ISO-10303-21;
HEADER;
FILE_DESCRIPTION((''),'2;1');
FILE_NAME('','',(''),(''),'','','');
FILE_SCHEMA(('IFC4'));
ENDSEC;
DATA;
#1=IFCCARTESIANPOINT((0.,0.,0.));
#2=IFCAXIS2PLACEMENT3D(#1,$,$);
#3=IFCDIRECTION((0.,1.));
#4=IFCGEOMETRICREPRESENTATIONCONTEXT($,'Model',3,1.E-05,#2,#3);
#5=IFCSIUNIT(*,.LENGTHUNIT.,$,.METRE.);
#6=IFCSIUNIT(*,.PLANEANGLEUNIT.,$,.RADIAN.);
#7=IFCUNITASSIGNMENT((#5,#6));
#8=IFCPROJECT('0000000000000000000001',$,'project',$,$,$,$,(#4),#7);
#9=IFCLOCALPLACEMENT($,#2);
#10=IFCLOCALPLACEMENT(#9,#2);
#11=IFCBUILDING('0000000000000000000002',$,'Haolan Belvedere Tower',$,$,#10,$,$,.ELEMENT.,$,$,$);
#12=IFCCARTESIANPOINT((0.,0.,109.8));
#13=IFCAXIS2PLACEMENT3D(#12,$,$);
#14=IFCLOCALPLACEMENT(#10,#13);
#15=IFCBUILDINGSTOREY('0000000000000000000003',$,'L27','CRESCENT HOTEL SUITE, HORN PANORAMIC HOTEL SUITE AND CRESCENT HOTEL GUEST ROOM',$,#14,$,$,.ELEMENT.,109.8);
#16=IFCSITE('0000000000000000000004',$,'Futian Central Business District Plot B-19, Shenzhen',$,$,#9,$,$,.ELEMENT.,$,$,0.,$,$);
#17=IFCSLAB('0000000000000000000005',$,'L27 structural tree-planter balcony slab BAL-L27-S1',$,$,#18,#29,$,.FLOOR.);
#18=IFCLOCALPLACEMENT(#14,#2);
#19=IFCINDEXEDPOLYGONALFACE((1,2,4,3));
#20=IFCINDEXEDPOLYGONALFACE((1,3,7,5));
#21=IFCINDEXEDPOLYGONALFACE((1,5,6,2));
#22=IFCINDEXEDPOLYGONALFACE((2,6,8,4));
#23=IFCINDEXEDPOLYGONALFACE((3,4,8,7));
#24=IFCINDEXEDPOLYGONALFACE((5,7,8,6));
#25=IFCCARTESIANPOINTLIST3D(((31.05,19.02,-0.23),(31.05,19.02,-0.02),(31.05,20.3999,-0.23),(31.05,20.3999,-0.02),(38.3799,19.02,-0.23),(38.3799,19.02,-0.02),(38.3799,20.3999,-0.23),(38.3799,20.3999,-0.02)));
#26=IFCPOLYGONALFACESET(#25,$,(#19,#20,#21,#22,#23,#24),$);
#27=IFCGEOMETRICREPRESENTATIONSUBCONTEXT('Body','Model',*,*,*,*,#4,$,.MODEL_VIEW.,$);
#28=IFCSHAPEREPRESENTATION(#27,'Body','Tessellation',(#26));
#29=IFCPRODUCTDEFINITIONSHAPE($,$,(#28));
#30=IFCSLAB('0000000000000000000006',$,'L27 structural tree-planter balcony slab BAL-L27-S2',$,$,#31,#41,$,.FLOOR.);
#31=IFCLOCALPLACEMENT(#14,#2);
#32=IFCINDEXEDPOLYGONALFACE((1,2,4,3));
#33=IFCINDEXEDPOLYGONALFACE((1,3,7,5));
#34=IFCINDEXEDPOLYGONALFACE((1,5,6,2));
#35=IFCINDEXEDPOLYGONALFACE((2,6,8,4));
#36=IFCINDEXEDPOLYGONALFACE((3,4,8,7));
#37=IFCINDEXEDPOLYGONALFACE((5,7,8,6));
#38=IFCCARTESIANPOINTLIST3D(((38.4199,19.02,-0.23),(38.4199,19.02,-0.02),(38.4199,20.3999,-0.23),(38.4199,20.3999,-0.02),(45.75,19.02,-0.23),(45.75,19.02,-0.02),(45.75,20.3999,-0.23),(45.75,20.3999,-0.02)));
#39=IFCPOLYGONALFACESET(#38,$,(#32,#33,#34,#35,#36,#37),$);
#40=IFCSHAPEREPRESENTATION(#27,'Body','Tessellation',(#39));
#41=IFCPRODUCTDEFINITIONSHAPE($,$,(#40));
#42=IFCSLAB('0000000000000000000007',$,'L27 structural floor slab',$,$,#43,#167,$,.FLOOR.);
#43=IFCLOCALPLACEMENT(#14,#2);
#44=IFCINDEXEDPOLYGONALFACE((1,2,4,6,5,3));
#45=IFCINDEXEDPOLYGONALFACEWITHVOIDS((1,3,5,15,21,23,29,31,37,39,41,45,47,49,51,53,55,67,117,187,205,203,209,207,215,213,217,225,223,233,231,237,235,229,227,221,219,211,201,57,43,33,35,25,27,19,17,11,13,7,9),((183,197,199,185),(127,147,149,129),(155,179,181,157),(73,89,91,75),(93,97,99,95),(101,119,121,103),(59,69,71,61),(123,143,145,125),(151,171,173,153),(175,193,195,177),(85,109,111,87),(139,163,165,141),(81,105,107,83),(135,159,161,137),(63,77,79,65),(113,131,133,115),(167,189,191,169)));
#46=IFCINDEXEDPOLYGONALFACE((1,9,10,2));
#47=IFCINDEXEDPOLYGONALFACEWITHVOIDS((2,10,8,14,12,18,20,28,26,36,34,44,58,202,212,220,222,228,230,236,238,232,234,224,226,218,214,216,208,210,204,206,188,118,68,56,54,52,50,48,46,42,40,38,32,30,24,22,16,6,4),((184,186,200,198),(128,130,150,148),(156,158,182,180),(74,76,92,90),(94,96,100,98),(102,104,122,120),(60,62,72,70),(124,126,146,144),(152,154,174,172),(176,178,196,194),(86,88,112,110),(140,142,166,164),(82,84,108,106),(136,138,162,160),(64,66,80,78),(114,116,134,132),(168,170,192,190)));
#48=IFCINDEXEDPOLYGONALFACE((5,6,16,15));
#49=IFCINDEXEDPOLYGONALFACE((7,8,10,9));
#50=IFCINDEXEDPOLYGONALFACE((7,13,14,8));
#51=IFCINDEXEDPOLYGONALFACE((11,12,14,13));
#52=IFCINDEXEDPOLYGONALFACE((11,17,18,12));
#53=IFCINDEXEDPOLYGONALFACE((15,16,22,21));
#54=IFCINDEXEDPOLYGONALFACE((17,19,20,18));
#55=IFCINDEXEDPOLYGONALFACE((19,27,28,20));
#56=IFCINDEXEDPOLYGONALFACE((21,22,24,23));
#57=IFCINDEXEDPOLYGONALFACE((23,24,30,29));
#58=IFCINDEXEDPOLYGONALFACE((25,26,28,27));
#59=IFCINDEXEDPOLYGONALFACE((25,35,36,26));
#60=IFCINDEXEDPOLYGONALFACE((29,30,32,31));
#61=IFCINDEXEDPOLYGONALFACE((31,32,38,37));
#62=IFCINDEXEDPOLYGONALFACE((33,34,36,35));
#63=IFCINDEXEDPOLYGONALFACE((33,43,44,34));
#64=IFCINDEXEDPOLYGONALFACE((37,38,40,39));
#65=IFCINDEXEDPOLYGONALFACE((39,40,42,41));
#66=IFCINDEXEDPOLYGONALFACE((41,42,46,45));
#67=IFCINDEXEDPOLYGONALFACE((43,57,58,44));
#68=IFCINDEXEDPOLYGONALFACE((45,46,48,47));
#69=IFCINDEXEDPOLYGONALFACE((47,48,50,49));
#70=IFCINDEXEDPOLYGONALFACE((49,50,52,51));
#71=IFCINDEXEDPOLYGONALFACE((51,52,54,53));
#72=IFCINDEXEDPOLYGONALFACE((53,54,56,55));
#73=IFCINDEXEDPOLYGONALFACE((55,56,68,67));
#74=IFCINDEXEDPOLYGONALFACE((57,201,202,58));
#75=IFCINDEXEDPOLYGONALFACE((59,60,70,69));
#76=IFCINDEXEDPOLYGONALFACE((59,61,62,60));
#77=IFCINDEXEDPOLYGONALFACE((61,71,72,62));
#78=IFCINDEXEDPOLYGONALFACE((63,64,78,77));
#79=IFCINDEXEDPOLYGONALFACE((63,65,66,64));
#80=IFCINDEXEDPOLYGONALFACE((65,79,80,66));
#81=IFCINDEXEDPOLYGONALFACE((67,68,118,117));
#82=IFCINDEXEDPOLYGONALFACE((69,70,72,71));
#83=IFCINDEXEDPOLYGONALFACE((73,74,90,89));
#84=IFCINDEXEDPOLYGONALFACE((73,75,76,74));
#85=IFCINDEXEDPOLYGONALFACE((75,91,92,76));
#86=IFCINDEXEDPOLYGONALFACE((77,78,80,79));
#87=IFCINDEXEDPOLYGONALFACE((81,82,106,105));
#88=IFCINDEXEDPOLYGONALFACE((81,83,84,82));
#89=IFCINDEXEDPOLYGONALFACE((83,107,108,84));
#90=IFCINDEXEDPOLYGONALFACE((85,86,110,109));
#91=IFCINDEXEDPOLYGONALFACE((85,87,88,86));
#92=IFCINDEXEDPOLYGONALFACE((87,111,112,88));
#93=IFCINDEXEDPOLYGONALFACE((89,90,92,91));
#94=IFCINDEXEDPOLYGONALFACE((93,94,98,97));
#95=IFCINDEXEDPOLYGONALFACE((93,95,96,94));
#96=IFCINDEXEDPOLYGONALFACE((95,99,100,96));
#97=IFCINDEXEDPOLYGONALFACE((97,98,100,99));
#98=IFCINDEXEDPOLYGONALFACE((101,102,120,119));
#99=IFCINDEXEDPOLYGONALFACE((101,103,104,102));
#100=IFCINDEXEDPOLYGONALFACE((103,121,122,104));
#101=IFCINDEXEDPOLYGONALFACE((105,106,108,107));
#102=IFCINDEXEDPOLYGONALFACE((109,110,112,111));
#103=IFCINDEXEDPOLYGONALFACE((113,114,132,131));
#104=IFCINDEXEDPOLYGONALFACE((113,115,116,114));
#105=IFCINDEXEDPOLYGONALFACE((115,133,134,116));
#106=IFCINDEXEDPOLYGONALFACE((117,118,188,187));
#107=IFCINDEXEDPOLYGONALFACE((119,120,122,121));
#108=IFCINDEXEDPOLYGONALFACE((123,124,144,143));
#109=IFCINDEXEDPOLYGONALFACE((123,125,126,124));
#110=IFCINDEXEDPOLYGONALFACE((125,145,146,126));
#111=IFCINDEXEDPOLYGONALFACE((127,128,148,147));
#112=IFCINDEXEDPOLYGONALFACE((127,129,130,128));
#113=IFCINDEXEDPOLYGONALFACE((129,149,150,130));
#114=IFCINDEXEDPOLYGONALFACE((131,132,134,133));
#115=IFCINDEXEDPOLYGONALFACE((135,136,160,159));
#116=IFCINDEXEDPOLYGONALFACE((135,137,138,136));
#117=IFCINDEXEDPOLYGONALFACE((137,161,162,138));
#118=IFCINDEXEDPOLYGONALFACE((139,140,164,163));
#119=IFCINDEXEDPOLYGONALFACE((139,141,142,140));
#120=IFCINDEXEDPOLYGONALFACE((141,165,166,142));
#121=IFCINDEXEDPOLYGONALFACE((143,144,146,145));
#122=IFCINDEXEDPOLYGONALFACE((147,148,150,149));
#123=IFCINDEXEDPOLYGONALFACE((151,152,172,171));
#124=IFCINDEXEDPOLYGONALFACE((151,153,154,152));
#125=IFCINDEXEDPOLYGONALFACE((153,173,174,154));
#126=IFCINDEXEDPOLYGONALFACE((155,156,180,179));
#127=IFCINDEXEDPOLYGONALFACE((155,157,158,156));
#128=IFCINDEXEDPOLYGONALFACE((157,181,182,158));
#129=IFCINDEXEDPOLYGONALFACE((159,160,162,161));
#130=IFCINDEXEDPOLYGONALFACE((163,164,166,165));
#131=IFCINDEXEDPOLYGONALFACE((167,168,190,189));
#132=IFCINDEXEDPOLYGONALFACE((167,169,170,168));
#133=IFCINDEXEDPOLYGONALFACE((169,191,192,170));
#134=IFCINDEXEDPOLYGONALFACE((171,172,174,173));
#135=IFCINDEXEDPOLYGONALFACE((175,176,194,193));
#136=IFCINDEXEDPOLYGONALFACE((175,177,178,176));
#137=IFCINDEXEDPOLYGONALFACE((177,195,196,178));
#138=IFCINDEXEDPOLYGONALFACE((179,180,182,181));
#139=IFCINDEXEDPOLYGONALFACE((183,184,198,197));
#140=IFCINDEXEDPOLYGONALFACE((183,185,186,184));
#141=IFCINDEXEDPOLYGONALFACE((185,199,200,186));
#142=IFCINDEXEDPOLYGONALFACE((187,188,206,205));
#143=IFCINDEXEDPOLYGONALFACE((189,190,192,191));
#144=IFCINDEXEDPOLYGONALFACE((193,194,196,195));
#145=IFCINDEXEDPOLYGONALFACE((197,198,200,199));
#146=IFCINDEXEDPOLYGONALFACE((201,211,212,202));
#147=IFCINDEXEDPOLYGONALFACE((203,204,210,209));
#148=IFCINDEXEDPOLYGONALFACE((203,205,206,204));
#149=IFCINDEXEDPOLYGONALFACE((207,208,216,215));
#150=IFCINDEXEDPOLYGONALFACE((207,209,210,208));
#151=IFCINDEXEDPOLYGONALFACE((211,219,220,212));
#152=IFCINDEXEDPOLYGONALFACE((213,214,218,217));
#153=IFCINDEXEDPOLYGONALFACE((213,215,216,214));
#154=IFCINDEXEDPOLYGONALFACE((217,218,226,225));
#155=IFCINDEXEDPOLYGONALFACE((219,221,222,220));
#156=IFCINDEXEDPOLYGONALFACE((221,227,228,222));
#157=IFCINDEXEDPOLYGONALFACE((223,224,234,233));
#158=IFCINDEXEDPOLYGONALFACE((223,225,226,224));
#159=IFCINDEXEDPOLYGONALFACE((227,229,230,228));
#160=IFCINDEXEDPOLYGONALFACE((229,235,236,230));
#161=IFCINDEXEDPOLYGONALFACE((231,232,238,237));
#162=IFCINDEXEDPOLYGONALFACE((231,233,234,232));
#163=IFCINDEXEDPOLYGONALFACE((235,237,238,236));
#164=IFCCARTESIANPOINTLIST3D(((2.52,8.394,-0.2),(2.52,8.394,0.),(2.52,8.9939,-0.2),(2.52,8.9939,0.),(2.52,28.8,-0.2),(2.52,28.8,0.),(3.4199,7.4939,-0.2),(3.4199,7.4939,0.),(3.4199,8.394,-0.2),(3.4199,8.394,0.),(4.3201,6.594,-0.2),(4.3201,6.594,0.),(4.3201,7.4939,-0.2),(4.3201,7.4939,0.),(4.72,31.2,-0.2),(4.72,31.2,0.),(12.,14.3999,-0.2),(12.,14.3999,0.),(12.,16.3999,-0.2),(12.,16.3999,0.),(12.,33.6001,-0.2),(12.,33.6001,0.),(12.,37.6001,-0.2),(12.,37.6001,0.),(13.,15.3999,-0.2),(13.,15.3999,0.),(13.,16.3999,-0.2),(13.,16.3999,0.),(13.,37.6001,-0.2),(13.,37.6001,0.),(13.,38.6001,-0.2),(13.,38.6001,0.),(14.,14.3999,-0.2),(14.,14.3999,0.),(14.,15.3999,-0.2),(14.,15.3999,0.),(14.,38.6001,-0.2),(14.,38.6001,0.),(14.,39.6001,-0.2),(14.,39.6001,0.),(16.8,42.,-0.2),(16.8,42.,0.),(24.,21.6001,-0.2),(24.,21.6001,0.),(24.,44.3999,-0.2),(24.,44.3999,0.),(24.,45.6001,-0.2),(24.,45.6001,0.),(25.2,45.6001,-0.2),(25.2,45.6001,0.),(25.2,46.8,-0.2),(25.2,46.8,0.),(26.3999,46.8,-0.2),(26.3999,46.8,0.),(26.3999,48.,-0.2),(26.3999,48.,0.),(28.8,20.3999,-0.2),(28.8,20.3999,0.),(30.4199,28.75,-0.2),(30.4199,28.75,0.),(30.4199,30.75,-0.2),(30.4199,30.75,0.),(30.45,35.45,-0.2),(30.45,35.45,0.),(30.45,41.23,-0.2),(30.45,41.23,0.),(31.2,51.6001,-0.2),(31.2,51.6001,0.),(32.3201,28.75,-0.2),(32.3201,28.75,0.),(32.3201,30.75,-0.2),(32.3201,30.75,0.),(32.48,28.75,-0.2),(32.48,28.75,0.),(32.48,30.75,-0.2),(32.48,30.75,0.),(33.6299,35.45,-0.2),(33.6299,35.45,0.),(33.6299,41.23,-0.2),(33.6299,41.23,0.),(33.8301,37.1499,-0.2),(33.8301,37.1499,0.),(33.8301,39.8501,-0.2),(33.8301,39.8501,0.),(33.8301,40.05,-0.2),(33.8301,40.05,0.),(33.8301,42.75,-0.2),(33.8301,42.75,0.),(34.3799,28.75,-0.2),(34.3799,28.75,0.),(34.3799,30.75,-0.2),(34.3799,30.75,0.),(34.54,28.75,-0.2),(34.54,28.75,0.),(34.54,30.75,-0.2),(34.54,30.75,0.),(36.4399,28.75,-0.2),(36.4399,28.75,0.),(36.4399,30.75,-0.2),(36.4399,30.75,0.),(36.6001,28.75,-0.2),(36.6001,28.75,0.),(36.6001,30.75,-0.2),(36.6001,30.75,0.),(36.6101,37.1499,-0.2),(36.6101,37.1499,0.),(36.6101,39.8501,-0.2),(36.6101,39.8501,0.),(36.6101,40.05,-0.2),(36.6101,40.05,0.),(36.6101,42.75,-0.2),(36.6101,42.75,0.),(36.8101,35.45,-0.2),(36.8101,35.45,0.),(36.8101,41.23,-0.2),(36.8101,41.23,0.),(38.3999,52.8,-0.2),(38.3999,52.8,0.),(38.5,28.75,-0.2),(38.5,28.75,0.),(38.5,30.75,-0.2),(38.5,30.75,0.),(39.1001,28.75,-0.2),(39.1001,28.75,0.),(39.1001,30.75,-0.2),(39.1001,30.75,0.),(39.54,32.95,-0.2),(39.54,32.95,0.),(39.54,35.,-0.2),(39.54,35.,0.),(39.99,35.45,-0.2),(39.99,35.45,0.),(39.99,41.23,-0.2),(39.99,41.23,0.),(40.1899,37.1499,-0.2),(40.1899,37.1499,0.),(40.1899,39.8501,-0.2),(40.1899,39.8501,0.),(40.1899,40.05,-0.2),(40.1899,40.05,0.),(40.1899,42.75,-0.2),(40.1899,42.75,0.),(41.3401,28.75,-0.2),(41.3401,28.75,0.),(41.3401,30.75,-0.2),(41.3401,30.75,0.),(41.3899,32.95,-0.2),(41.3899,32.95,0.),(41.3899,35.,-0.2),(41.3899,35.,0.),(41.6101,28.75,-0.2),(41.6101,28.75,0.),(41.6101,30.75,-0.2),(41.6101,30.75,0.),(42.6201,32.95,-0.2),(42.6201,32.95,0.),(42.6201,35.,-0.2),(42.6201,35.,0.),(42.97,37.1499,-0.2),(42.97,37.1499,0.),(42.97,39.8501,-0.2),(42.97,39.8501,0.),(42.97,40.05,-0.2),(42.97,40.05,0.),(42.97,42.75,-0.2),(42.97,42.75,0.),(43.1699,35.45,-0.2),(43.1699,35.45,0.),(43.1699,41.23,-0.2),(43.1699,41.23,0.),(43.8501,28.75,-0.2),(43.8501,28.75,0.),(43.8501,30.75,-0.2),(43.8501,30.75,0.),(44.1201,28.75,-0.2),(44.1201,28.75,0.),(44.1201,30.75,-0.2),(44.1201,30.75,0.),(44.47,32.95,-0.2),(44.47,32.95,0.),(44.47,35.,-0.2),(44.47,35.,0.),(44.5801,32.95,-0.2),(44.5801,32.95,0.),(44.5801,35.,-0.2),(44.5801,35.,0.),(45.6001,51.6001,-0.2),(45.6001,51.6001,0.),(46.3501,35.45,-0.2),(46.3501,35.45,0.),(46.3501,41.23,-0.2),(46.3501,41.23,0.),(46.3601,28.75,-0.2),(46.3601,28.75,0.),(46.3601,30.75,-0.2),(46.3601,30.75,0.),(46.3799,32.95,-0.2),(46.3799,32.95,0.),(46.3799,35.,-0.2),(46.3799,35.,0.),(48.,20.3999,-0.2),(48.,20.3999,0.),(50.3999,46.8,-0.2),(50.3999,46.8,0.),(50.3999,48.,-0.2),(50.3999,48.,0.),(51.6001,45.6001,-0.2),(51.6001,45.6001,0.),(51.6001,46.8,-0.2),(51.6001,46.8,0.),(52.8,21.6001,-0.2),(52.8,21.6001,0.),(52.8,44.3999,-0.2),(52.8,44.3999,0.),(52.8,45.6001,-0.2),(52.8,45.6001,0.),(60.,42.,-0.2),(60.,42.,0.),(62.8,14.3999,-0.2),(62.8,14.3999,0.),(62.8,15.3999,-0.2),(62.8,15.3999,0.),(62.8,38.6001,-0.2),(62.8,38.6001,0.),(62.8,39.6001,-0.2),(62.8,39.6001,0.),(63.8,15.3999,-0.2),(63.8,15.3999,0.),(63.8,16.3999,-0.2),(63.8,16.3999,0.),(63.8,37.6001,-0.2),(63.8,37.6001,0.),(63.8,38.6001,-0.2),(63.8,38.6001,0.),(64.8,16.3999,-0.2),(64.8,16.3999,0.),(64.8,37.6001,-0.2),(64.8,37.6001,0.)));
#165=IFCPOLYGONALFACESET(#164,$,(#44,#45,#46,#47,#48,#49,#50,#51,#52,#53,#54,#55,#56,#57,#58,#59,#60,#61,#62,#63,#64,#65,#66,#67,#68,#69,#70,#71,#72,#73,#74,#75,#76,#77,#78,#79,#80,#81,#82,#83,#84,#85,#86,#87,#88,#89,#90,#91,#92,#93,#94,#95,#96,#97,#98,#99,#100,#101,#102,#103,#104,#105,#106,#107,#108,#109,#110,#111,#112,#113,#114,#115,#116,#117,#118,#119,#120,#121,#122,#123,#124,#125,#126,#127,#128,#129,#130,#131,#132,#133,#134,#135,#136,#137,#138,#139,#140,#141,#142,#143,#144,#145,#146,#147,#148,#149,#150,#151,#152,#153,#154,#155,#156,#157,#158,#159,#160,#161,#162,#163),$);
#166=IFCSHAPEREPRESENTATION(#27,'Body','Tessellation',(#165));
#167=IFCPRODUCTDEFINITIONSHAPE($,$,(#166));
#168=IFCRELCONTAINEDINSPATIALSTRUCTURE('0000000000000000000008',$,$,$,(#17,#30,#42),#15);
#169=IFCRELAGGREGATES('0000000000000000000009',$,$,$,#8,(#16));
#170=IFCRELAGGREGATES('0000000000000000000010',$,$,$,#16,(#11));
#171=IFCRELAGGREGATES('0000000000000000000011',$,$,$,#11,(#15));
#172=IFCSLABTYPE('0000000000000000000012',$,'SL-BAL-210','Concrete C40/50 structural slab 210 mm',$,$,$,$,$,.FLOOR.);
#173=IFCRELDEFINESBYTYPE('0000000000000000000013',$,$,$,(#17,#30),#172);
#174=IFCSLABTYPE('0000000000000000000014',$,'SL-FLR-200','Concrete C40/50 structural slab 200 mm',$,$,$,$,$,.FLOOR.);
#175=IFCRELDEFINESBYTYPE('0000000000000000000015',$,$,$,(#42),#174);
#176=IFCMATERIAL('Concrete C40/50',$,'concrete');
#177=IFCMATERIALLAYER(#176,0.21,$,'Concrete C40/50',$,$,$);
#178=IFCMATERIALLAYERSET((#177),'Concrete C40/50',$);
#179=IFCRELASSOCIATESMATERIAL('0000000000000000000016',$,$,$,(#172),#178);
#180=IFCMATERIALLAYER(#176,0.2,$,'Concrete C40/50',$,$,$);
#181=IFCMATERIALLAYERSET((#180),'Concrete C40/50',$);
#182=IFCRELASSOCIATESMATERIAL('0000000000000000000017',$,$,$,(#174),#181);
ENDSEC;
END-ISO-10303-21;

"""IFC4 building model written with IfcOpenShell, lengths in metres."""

from ifc_helpers import new_model, si_unit, direction, frame, origin, place, context, subcontext, project, spatial, polyline, outline, extrude, material, layer, layer_set, type_object, element, save


model = new_model("IFC4")

# Units and contexts
model_context = context("Model", 3, precision=1e-05, world=origin(), true_north=direction((0.0, 1.0)))
body_context = subcontext(model_context, "Body", "Model", "MODEL_VIEW")
ifc_project = project(units=[si_unit("LENGTHUNIT", "METRE"), si_unit("PLANEANGLEUNIT", "RADIAN")], contexts=[model_context])

# Site, building, storey
site_placement = place(None, origin())
site = spatial("IfcSite", under=ifc_project, at=site_placement, Name="Futian Central Business District Plot B-19, Shenzhen", CompositionType="ELEMENT", RefElevation=0.0)
building_placement = place(site_placement, origin())
building = spatial("IfcBuilding", under=site, at=building_placement, Name="Haolan Belvedere Tower", CompositionType="ELEMENT")
storey_placement = place(building_placement, frame((0.0, 0.0, 109.8)))
storey = spatial("IfcBuildingStorey", under=building, at=storey_placement, Name="L27", Description="CRESCENT HOTEL SUITE, HORN PANORAMIC HOTEL SUITE AND CRESCENT HOTEL GUEST ROOM", CompositionType="ELEMENT", Elevation=109.8)

# Slabs
ifc_material_1 = material(Name="Concrete C40/50", Category="concrete")
ifc_layer_1 = layer(ifc_material_1, 0.21, Name="Concrete C40/50")
ifc_layer_set_1 = layer_set([ifc_layer_1], Name="Concrete C40/50")
slab_type_1 = type_object("IfcSlabType", Name="SL-BAL-210", Description="Concrete C40/50 structural slab 210 mm", PredefinedType="FLOOR", material=ifc_layer_set_1)
slab_1_placement = place(storey_placement, frame((0.0, 0.0, -0.23)))
element("IfcSlab", 1, at=slab_1_placement, inside=storey, type_object=slab_type_1, Name="L27 structural tree-planter balcony slab BAL-L27-S1", PredefinedType="FLOOR", context=body_context, shape_type="SweptSolid", body=[
    extrude(outline(polyline([(31.05, 19.02), (38.3799, 19.02), (38.3799, 20.3999), (31.05, 20.3999), (31.05, 19.02)])), origin(), (0.0, 0.0, 1.0), 0.21),
])
slab_2_placement = place(storey_placement, frame((0.0, 0.0, -0.23)))
element("IfcSlab", 2, at=slab_2_placement, inside=storey, type_object=slab_type_1, Name="L27 structural tree-planter balcony slab BAL-L27-S2", PredefinedType="FLOOR", context=body_context, shape_type="SweptSolid", body=[
    extrude(outline(polyline([(38.4199, 19.02), (45.75, 19.02), (45.75, 20.3999), (38.4199, 20.3999), (38.4199, 19.02)])), origin(), (0.0, 0.0, 1.0), 0.21),
])
ifc_layer_2 = layer(ifc_material_1, 0.2, Name="Concrete C40/50")
ifc_layer_set_2 = layer_set([ifc_layer_2], Name="Concrete C40/50")
slab_type_2 = type_object("IfcSlabType", Name="SL-FLR-200", Description="Concrete C40/50 structural slab 200 mm", PredefinedType="FLOOR", material=ifc_layer_set_2)
slab_3_placement = place(storey_placement, frame((0.0, 0.0, -0.2)))
element("IfcSlab", 3, at=slab_3_placement, inside=storey, type_object=slab_type_2, Name="L27 structural floor slab", PredefinedType="FLOOR", context=body_context, shape_type="SweptSolid", body=[
    extrude(outline(polyline([(12.0, 14.3999), (12.0, 16.3999), (13.0, 16.3999), (13.0, 15.3999), (14.0, 15.3999), (14.0, 14.3999), (24.0, 21.6001), (28.8, 20.3999), (48.0, 20.3999), (52.8, 21.6001), (62.8, 14.3999), (62.8, 15.3999), (63.8, 15.3999), (63.8, 16.3999), (64.8, 16.3999), (64.8, 37.6001), (63.8, 37.6001), (63.8, 38.6001), (62.8, 38.6001), (62.8, 39.6001), (60.0, 42.0), (52.8, 44.3999), (52.8, 45.6001), (51.6001, 45.6001), (51.6001, 46.8), (50.3999, 46.8), (50.3999, 48.0), (45.6001, 51.6001), (38.3999, 52.8), (31.2, 51.6001), (26.3999, 48.0), (26.3999, 46.8), (25.2, 46.8), (25.2, 45.6001), (24.0, 45.6001), (24.0, 44.3999), (16.8, 42.0), (14.0, 39.6001), (14.0, 38.6001), (13.0, 38.6001), (13.0, 37.6001), (12.0, 37.6001), (12.0, 33.6001), (4.72, 31.2), (2.52, 28.8), (2.52, 8.9939), (2.52, 8.394), (3.4199, 8.394), (3.4199, 7.4939), (4.3201, 7.4939), (4.3201, 6.594), (12.0, 14.3999)]), holes=[polyline([(30.45, 41.23), (30.45, 35.45), (33.6299, 35.45), (33.6299, 41.23), (30.45, 41.23)]), polyline([(36.8101, 41.23), (36.8101, 35.45), (39.99, 35.45), (39.99, 41.23), (36.8101, 41.23)]), polyline([(43.1699, 41.23), (43.1699, 35.45), (46.3501, 35.45), (46.3501, 41.23), (43.1699, 41.23)]), polyline([(33.8301, 40.05), (36.6101, 40.05), (36.6101, 42.75), (33.8301, 42.75), (33.8301, 40.05)]), polyline([(33.8301, 37.1499), (36.6101, 37.1499), (36.6101, 39.8501), (33.8301, 39.8501), (33.8301, 37.1499)]), polyline([(40.1899, 40.05), (42.97, 40.05), (42.97, 42.75), (40.1899, 42.75), (40.1899, 40.05)]), polyline([(40.1899, 37.1499), (42.97, 37.1499), (42.97, 39.8501), (40.1899, 39.8501), (40.1899, 37.1499)]), polyline([(39.54, 32.95), (41.3899, 32.95), (41.3899, 35.0), (39.54, 35.0), (39.54, 32.95)]), polyline([(42.6201, 32.95), (44.47, 32.95), (44.47, 35.0), (42.6201, 35.0), (42.6201, 32.95)]), polyline([(44.5801, 32.95), (46.3799, 32.95), (46.3799, 35.0), (44.5801, 35.0), (44.5801, 32.95)]), polyline([(30.4199, 28.75), (32.3201, 28.75), (32.3201, 30.75), (30.4199, 30.75), (30.4199, 28.75)]), polyline([(32.48, 28.75), (34.3799, 28.75), (34.3799, 30.75), (32.48, 30.75), (32.48, 28.75)]), polyline([(34.54, 28.75), (36.4399, 28.75), (36.4399, 30.75), (34.54, 30.75), (34.54, 28.75)]), polyline([(36.6001, 28.75), (38.5, 28.75), (38.5, 30.75), (36.6001, 30.75), (36.6001, 28.75)]), polyline([(39.1001, 28.75), (41.3401, 28.75), (41.3401, 30.75), (39.1001, 30.75), (39.1001, 28.75)]), polyline([(41.6101, 28.75), (43.8501, 28.75), (43.8501, 30.75), (41.6101, 30.75), (41.6101, 28.75)]), polyline([(44.1201, 28.75), (46.3601, 28.75), (46.3601, 30.75), (44.1201, 30.75), (44.1201, 28.75)])]), origin(), (0.0, 0.0, 1.0), 0.2),
])

save(model, "model.ifc")
